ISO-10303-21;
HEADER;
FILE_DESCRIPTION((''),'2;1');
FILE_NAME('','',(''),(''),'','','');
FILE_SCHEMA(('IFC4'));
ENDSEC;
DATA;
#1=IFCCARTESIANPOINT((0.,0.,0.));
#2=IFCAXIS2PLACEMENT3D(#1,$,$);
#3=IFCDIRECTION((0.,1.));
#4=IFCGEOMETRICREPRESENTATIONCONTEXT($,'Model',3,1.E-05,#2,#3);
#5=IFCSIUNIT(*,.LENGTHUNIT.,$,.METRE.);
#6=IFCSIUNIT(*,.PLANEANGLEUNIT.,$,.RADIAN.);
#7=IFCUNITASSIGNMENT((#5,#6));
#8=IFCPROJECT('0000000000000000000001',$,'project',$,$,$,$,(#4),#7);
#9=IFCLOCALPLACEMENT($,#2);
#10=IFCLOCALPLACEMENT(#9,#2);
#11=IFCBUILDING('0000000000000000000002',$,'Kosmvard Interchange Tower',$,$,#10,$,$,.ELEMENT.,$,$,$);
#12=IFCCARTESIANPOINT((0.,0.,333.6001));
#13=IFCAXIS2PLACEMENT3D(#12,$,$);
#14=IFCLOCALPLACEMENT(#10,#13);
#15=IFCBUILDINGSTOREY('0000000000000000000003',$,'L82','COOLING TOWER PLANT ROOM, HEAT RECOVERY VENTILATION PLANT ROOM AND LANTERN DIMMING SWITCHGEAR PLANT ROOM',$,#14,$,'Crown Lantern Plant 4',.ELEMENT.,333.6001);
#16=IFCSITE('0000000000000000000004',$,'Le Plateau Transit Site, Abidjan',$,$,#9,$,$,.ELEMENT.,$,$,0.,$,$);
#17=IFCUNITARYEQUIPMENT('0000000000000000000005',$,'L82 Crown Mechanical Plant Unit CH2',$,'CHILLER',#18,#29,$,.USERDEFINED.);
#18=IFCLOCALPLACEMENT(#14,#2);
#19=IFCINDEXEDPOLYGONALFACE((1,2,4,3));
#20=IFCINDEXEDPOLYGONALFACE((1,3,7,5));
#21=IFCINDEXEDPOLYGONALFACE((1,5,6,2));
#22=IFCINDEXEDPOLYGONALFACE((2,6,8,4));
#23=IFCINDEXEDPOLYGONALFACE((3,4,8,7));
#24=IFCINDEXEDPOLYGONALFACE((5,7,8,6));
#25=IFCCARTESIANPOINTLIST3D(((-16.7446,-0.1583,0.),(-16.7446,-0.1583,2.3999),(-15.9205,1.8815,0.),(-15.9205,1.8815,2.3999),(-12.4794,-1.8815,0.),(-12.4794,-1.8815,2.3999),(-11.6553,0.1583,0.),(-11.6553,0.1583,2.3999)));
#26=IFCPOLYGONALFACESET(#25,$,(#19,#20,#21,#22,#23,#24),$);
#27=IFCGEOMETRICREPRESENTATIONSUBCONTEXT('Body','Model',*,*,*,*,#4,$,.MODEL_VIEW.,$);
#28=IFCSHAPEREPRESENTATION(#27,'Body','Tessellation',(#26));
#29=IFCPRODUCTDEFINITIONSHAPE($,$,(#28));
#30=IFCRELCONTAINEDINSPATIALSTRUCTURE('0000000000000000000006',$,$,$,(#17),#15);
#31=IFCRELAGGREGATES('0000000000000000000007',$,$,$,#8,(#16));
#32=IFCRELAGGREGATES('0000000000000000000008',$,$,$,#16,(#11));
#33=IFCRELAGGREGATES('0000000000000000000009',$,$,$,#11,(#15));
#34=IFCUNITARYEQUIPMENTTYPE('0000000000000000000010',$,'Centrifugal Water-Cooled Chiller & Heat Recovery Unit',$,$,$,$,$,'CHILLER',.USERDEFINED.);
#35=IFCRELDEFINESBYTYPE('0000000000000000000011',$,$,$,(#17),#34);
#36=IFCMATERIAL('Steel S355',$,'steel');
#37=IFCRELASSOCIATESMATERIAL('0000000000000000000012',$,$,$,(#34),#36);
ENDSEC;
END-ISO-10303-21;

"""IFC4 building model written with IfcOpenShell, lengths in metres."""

from ifc_helpers import new_model, si_unit, direction, frame, origin, origin_2d, place, context, subcontext, project, spatial, rectangle, extrude, source, transform, mapped, material, type_object, element, save


model = new_model("IFC4")

# Units and contexts
model_context = context("Model", 3, precision=1e-05, world=origin(), true_north=direction((0.0, 1.0)))
body_context = subcontext(model_context, "Body", "Model", "MODEL_VIEW")
ifc_project = project(units=[si_unit("LENGTHUNIT", "METRE"), si_unit("PLANEANGLEUNIT", "RADIAN")], contexts=[model_context])

# Site, building, storey
site_placement = place(None, origin())
site = spatial("IfcSite", under=ifc_project, at=site_placement, Name="Le Plateau Transit Site, Abidjan", CompositionType="ELEMENT", RefElevation=0.0)
building_placement = place(site_placement, origin())
building = spatial("IfcBuilding", under=site, at=building_placement, Name="Kosmvard Interchange Tower", CompositionType="ELEMENT")
storey_placement = place(building_placement, frame((0.0, 0.0, 333.6001)))
storey = spatial("IfcBuildingStorey", under=building, at=storey_placement, Name="L82", Description="COOLING TOWER PLANT ROOM, HEAT RECOVERY VENTILATION PLANT ROOM AND LANTERN DIMMING SWITCHGEAR PLANT ROOM", LongName="Crown Lantern Plant 4", CompositionType="ELEMENT", Elevation=333.6001)

# Shared definitions
ifc_material_1 = material(Name="Steel S355", Category="steel")

# Unitary equipment
unitary_equipment_type = type_object("IfcUnitaryEquipmentType", Name="Centrifugal Water-Cooled Chiller & Heat Recovery Unit", ElementType="CHILLER", PredefinedType="USERDEFINED", material=ifc_material_1)
shared_shape_1 = source(origin(), body_context, "Body", "SweptSolid", [
    extrude(rectangle(XDim=2.2, YDim=4.6001, at=origin_2d()), origin(), (0.0, 0.0, 1.0), 2.3999),
])
unitary_equipment_placement = place(storey_placement, frame((-14.2, 0.0, 0.0), z_axis=(0.0, 0.0, 1.0), x_axis=(0.374607, 0.927184, 0.0)))
element("IfcUnitaryEquipment", 1, at=unitary_equipment_placement, inside=storey, type_object=unitary_equipment_type, Name="L82 Crown Mechanical Plant Unit CH2", ObjectType="CHILLER", PredefinedType="USERDEFINED", context=body_context, shape_type="MappedRepresentation", body=[
    mapped(shared_shape_1, transform((0.0, 0.0, 0.0), scale=1.0)),
])

save(model, "model.ifc")
